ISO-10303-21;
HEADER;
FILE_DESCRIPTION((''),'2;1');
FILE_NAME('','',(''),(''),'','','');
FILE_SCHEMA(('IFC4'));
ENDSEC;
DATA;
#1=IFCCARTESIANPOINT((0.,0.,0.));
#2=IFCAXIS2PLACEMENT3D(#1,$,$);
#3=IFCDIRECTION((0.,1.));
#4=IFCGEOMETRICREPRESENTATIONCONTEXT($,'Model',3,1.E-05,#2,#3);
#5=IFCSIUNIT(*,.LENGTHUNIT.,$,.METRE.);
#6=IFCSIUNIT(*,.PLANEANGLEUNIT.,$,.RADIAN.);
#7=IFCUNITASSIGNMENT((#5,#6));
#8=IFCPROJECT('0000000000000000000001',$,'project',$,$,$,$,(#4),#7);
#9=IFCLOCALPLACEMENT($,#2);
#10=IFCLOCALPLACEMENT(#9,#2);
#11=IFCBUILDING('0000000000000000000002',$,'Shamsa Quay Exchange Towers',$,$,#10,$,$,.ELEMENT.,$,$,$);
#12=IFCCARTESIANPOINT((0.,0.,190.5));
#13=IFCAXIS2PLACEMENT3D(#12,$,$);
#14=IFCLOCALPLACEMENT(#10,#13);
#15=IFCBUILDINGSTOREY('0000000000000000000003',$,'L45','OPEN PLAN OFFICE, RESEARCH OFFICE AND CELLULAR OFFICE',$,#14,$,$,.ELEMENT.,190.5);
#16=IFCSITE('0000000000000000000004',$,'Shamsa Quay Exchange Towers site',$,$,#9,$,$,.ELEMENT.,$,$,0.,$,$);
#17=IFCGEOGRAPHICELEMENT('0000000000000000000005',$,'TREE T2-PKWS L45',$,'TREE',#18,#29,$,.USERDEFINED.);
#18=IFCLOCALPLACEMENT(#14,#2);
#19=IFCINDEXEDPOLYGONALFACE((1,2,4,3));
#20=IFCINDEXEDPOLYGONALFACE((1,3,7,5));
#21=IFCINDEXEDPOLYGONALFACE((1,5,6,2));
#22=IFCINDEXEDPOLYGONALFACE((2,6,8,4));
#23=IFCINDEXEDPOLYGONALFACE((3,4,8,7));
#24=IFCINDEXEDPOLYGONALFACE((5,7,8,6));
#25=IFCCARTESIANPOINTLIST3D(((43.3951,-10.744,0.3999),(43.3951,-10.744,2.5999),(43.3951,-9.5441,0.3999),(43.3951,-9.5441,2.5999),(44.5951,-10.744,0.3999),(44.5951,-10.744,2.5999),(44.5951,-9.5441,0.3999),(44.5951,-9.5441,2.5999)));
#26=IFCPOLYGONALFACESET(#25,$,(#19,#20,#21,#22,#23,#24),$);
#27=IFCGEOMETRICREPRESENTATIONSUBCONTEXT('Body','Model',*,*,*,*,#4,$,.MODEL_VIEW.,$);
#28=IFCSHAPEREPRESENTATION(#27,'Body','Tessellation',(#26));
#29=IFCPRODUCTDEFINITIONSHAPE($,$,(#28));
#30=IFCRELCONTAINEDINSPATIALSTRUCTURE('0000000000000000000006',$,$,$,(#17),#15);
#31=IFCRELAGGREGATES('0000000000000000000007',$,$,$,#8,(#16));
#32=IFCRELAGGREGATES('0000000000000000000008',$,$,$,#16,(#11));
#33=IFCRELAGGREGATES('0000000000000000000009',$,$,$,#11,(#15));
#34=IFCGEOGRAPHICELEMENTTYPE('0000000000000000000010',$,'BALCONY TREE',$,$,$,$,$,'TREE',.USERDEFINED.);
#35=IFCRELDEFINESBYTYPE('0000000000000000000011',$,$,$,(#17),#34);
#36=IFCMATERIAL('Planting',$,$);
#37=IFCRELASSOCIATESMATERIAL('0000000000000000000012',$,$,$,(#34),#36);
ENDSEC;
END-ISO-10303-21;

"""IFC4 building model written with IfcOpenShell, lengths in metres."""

from ifc_helpers import new_model, si_unit, direction, frame, origin, origin_2d, place, context, subcontext, project, spatial, rectangle, extrude, material, type_object, element, save


model = new_model("IFC4")

# Units and contexts
model_context = context("Model", 3, precision=1e-05, world=origin(), true_north=direction((0.0, 1.0)))
body_context = subcontext(model_context, "Body", "Model", "MODEL_VIEW")
ifc_project = project(units=[si_unit("LENGTHUNIT", "METRE"), si_unit("PLANEANGLEUNIT", "RADIAN")], contexts=[model_context])

# Site, building, storey
site_placement = place(None, origin())
site = spatial("IfcSite", under=ifc_project, at=site_placement, Name="Shamsa Quay Exchange Towers site", CompositionType="ELEMENT", RefElevation=0.0)
building_placement = place(site_placement, origin())
building = spatial("IfcBuilding", under=site, at=building_placement, Name="Shamsa Quay Exchange Towers", CompositionType="ELEMENT")
storey_placement = place(building_placement, frame((0.0, 0.0, 190.5)))
storey = spatial("IfcBuildingStorey", under=building, at=storey_placement, Name="L45", Description="OPEN PLAN OFFICE, RESEARCH OFFICE AND CELLULAR OFFICE", CompositionType="ELEMENT", Elevation=190.5)

# Geographic element
ifc_material_1 = material(Name="Planting")
geographic_element_type = type_object("IfcGeographicElementType", Name="BALCONY TREE", ElementType="TREE", PredefinedType="USERDEFINED", material=ifc_material_1)
geographic_element_placement = place(storey_placement, frame((43.9951, -10.144, 0.3999), z_axis=(0.0, 0.0, 1.0), x_axis=(0.0, 1.0, 0.0)))
element("IfcGeographicElement", 1, at=geographic_element_placement, inside=storey, type_object=geographic_element_type, Name="TREE T2-PKWS L45", ObjectType="TREE", PredefinedType="USERDEFINED", context=body_context, shape_type="SweptSolid", body=[
    extrude(rectangle(XDim=1.2, YDim=1.2, at=origin_2d()), origin(), (0.0, 0.0, 1.0), 2.2),
])

save(model, "model.ifc")
